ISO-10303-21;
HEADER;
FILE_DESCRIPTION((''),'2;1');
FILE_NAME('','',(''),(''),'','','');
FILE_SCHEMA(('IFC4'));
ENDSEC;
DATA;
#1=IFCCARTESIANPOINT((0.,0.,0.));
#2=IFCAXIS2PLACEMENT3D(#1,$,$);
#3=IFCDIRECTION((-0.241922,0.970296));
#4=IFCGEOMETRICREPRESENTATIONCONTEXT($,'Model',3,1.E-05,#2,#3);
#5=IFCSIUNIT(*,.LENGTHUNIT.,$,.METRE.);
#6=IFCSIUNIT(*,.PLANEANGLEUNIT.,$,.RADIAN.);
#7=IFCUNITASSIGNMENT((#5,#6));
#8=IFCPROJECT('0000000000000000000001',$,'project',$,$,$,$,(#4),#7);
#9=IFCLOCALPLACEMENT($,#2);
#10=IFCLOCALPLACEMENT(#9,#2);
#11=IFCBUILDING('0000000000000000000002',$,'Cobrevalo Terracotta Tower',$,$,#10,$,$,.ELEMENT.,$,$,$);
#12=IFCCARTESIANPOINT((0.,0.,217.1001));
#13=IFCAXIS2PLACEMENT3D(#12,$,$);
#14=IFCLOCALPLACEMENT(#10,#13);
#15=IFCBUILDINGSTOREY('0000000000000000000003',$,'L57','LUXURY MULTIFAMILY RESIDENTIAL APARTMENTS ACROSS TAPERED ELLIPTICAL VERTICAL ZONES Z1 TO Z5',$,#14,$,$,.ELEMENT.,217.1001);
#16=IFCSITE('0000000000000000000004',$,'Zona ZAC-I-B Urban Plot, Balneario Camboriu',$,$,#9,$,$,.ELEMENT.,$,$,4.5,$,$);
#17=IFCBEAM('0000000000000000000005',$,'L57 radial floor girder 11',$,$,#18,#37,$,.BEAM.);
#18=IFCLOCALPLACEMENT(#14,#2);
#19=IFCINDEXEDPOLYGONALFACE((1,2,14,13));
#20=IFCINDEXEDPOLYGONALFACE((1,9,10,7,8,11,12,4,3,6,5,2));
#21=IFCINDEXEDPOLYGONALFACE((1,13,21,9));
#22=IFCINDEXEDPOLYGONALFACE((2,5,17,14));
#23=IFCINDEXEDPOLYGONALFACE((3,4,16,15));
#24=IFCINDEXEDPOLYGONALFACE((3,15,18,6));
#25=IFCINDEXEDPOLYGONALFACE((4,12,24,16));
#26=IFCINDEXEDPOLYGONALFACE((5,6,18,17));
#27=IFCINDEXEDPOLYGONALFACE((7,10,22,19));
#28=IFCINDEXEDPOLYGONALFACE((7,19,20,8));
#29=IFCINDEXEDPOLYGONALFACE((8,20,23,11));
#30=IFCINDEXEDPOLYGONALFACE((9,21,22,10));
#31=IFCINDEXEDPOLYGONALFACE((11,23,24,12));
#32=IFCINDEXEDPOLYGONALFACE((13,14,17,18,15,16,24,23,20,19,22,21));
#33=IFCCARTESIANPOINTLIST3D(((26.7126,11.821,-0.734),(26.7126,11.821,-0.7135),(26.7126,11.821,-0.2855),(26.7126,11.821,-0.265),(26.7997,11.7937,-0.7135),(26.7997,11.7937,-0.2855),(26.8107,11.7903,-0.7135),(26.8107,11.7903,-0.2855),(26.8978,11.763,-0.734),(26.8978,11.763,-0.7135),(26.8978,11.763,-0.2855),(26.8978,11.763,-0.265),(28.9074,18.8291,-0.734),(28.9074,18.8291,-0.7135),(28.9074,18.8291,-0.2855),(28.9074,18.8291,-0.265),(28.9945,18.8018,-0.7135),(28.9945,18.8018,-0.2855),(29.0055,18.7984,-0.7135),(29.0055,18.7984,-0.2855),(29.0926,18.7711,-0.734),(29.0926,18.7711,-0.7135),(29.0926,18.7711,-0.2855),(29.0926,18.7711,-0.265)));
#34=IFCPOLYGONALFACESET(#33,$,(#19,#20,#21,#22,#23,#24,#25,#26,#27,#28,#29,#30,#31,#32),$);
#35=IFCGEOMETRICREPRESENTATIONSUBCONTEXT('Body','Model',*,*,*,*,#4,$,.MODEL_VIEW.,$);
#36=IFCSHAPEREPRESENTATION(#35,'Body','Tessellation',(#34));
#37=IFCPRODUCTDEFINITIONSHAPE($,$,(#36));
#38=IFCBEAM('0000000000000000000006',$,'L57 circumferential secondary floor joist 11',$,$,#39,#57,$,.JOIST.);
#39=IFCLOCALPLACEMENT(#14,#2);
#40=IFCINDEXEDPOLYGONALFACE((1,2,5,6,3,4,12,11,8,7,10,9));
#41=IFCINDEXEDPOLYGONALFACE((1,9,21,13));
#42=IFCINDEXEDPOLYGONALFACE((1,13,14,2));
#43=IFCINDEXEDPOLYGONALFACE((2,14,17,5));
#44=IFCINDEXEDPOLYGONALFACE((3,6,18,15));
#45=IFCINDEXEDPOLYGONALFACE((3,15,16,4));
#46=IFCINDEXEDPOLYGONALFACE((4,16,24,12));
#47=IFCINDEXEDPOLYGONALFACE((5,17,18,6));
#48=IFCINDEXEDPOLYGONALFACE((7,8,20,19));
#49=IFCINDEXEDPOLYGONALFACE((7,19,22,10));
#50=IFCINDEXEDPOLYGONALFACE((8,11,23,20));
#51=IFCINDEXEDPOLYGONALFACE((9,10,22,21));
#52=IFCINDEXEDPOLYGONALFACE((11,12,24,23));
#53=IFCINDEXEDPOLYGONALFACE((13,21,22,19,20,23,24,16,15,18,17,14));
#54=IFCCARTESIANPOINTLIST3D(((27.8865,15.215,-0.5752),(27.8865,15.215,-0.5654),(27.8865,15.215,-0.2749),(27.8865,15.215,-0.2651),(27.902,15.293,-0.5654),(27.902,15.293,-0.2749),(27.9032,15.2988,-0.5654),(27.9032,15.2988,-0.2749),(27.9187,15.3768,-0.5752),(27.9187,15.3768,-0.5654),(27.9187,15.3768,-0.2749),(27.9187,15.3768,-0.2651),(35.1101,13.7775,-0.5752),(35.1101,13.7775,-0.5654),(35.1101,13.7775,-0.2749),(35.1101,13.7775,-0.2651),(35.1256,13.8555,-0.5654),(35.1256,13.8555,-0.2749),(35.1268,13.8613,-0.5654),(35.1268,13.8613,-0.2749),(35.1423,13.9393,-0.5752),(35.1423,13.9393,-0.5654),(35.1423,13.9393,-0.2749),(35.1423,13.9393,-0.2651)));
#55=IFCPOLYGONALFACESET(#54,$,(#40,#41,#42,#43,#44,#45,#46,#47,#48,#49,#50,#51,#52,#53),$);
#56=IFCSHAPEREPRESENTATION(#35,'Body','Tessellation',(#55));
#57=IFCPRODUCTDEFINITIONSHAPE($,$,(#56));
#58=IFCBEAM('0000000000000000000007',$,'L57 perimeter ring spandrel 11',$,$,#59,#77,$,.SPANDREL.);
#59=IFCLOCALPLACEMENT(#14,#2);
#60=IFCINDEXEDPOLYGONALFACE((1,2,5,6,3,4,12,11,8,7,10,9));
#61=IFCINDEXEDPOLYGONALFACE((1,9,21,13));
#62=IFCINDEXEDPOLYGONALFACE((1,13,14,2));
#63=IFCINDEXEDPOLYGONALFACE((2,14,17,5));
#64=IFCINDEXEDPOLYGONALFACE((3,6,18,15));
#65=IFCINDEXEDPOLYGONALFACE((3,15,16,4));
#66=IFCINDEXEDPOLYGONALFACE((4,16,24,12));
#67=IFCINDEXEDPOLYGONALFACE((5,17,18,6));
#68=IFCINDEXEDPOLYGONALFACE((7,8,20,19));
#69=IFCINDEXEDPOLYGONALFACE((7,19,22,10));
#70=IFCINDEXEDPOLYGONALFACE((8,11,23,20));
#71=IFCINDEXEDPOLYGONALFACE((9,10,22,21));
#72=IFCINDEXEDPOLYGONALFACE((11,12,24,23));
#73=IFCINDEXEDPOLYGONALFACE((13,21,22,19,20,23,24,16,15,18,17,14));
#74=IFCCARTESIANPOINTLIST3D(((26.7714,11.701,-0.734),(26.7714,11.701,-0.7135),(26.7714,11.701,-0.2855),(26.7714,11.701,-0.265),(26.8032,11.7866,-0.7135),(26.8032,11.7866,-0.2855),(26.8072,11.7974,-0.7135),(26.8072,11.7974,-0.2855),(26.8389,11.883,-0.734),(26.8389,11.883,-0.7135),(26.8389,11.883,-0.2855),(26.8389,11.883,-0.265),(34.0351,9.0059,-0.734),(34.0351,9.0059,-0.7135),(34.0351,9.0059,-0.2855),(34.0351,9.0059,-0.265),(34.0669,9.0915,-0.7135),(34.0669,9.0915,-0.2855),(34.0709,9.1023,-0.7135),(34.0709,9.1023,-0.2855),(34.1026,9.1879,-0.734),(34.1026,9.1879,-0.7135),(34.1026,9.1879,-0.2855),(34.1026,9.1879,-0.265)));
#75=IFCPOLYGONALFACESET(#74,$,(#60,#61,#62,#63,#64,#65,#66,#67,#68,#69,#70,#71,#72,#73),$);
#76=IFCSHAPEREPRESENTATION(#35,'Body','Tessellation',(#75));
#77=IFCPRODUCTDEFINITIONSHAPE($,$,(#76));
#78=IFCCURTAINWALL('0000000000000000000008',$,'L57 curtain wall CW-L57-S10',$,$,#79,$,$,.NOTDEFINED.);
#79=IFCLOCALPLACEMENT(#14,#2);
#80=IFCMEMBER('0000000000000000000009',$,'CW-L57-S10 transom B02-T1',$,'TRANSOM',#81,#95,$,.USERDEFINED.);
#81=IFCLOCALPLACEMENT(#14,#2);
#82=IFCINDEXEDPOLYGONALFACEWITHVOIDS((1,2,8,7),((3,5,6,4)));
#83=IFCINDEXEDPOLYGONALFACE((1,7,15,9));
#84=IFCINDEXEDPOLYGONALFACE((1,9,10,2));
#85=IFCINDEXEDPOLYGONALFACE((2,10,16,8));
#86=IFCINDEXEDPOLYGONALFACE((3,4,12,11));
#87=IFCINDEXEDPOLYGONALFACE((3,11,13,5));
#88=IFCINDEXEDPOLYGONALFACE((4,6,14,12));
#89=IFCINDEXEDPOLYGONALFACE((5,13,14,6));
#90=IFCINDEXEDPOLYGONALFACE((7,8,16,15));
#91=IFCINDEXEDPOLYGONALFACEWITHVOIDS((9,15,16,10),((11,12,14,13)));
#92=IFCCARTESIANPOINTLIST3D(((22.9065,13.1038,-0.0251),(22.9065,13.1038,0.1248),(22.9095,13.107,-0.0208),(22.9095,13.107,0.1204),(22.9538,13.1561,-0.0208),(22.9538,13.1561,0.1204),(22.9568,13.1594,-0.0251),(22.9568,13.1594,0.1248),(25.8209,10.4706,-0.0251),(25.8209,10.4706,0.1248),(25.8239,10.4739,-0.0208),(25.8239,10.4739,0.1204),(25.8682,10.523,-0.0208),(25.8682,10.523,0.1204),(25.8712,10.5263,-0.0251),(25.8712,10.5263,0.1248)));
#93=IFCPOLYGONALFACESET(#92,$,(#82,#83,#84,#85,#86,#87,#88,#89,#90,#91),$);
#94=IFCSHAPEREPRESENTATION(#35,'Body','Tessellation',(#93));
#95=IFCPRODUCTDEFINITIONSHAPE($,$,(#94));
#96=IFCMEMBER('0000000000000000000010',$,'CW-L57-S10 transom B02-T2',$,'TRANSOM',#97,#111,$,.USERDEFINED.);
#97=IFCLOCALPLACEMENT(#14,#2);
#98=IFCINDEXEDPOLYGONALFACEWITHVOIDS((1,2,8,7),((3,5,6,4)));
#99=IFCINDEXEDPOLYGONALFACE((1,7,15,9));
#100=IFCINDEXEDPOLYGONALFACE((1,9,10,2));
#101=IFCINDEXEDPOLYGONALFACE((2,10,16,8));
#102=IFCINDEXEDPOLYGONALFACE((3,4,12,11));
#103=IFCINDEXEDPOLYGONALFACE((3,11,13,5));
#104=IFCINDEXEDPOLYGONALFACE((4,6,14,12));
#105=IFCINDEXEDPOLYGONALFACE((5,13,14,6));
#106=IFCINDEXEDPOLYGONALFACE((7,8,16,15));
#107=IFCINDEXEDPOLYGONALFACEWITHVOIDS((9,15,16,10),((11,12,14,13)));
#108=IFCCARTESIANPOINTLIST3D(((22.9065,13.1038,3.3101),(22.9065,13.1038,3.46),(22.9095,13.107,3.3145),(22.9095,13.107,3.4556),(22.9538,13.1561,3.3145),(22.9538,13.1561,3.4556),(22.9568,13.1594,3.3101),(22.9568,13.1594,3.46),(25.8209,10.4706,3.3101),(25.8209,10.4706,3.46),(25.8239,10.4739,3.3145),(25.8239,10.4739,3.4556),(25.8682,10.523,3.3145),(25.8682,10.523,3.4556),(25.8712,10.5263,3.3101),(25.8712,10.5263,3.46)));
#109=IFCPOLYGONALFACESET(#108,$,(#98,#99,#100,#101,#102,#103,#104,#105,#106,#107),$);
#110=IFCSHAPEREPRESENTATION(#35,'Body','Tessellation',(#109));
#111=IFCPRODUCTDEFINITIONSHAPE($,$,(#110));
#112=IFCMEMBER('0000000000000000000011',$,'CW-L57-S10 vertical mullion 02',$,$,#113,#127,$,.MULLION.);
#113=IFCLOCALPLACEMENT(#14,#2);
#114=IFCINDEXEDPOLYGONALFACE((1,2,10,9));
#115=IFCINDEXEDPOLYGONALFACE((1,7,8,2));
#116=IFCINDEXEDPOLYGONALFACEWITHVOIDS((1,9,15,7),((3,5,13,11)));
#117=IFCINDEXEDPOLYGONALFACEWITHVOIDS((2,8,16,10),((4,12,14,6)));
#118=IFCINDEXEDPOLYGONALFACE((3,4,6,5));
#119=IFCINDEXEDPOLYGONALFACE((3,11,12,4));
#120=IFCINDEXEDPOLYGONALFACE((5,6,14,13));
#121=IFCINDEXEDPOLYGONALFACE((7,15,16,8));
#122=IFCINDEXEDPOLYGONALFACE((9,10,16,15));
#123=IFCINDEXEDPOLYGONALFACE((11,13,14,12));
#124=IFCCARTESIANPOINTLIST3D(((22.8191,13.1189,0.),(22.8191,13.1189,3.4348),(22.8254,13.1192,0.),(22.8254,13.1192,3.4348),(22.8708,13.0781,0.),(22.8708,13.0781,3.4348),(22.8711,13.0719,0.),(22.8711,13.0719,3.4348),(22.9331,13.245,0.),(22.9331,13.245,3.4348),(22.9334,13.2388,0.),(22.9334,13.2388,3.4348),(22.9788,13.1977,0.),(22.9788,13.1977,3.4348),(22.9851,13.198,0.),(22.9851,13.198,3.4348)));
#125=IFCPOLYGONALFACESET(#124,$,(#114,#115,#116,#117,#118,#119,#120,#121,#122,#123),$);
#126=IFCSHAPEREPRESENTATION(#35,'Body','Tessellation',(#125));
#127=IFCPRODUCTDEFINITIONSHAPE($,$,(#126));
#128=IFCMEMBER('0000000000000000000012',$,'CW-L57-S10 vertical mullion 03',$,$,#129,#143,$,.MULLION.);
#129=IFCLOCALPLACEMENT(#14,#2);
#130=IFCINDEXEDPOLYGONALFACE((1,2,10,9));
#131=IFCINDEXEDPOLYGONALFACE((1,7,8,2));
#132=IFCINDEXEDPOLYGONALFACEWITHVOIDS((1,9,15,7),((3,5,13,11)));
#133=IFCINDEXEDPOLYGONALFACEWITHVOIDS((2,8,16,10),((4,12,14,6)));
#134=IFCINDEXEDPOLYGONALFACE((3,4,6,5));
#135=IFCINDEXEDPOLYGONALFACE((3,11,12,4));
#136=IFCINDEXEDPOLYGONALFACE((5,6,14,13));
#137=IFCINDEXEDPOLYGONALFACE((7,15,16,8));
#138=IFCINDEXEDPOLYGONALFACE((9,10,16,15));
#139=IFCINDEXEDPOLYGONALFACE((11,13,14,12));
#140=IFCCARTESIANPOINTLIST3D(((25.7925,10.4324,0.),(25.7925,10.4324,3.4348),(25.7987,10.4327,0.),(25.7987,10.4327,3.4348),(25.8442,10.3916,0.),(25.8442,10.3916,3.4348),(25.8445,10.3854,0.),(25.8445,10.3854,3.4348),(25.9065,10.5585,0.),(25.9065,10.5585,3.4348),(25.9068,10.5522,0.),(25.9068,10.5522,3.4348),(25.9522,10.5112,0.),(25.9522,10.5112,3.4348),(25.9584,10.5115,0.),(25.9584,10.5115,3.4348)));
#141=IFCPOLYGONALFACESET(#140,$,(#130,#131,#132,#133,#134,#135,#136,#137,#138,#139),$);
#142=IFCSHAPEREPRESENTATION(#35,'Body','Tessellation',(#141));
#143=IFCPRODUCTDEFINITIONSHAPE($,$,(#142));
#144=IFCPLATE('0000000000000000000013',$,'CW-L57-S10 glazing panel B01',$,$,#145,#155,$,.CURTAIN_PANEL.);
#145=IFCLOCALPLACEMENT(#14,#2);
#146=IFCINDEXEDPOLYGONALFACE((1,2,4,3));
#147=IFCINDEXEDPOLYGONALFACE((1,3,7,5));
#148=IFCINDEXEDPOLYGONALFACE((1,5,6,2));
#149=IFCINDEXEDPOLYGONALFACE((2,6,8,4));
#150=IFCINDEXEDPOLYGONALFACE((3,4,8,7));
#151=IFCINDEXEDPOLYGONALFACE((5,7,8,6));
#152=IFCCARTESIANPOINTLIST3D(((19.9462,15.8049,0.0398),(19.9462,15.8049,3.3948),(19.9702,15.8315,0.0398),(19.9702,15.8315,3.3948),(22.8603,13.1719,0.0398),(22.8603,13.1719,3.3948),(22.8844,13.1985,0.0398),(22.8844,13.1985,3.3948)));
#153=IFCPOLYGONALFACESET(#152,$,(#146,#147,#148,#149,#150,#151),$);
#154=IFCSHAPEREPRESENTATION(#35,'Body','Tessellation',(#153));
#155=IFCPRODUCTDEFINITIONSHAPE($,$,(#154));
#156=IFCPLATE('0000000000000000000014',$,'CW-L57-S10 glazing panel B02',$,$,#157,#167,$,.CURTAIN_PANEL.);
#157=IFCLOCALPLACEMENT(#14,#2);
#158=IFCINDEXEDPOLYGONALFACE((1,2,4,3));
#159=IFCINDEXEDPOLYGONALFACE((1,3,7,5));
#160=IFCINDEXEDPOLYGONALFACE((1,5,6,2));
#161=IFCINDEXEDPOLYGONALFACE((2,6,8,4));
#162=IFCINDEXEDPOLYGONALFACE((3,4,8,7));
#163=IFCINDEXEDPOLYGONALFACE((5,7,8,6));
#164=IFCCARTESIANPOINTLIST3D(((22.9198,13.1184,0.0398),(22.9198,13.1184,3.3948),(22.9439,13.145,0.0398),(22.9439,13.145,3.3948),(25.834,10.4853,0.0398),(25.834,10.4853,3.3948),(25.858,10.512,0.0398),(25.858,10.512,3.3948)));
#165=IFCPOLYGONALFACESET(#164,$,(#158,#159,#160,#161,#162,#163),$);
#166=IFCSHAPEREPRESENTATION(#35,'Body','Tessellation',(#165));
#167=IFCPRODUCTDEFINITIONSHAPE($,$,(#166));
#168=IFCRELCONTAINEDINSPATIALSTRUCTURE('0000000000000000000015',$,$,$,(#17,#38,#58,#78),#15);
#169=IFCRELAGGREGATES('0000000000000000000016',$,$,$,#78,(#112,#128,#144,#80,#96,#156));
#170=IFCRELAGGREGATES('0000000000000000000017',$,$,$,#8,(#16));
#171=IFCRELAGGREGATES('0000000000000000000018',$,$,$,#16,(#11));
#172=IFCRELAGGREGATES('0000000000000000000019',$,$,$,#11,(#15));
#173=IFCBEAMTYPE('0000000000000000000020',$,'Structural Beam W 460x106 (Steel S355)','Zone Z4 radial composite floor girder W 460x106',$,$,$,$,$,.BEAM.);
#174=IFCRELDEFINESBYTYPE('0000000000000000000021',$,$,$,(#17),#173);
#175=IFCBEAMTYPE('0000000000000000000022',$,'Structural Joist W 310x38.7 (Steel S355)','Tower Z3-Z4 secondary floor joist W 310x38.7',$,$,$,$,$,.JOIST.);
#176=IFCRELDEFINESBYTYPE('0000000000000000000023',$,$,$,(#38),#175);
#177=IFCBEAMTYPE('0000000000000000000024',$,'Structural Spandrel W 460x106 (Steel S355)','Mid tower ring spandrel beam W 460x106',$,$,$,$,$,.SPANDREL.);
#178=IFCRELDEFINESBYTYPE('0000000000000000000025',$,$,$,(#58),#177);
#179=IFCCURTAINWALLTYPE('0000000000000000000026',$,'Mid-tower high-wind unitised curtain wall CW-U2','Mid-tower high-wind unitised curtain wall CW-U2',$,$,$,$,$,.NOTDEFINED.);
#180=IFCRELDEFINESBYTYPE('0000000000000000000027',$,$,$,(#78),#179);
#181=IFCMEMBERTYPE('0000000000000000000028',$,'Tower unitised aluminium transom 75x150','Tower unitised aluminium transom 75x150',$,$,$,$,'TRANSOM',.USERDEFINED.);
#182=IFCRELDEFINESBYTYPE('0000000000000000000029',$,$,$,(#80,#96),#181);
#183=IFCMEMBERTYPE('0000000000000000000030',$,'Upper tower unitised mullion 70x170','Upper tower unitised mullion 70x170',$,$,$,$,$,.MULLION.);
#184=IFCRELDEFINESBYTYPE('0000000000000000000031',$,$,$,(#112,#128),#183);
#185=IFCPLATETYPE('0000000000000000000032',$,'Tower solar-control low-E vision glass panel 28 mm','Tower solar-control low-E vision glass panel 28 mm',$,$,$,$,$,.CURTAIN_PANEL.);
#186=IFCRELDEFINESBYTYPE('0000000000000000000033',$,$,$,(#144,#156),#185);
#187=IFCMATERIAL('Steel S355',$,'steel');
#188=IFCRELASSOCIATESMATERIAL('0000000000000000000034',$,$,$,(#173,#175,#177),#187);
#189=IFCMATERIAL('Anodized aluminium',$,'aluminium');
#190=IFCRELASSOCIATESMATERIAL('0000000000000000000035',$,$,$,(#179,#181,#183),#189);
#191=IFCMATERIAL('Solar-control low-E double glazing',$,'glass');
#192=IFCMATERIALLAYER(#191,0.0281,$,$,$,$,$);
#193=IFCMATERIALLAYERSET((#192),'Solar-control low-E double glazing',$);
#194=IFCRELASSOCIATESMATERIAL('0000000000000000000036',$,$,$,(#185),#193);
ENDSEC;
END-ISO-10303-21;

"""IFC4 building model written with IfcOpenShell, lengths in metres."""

from ifc_helpers import new_model, si_unit, direction, frame, origin, origin_2d, place, context, subcontext, project, spatial, rectangle, hollow_rectangle, i_section, extrude, source, transform, mapped, material, layer, layer_set, material_profile, profile_set, type_object, element, aggregate, save


model = new_model("IFC4")

# Units and contexts
model_context = context("Model", 3, precision=1e-05, world=origin(), true_north=direction((-0.241922, 0.970296)))
body_context = subcontext(model_context, "Body", "Model", "MODEL_VIEW")
ifc_project = project(units=[si_unit("LENGTHUNIT", "METRE"), si_unit("PLANEANGLEUNIT", "RADIAN")], contexts=[model_context])

# Site, building, storey
site_placement = place(None, origin())
site = spatial("IfcSite", under=ifc_project, at=site_placement, Name="Zona ZAC-I-B Urban Plot, Balneario Camboriu", CompositionType="ELEMENT", RefElevation=4.5)
building_placement = place(site_placement, origin())
building = spatial("IfcBuilding", under=site, at=building_placement, Name="Cobrevalo Terracotta Tower", CompositionType="ELEMENT")
storey_placement = place(building_placement, frame((0.0, 0.0, 217.1001)))
storey = spatial("IfcBuildingStorey", under=building, at=storey_placement, Name="L57", Description="LUXURY MULTIFAMILY RESIDENTIAL APARTMENTS ACROSS TAPERED ELLIPTICAL VERTICAL ZONES Z1 TO Z5", CompositionType="ELEMENT", Elevation=217.1001)

# Shared definitions
ifc_material_1 = material(Name="Steel S355", Category="steel")

# Beams
ifc_material_profile_1 = material_profile(ifc_material_1, i_section(OverallWidth=0.1941, OverallDepth=0.469, WebThickness=0.0115, FlangeThickness=0.0205, at=origin_2d()), Name="W 460x106")
ifc_profile_set_1 = profile_set([ifc_material_profile_1], Name="Steel S355")
beam_type_1 = type_object("IfcBeamType", Name="Structural Beam W 460x106 (Steel S355)", Description="Zone Z4 radial composite floor girder W 460x106", PredefinedType="BEAM", material=ifc_profile_set_1)
beam_1_placement = place(storey_placement, frame((26.8052, 11.792, -0.4995), z_axis=(0.298871, 0.954293, 0.0), x_axis=(-0.954293, 0.298871, 0.0)))
element("IfcBeam", 1, at=beam_1_placement, inside=storey, type_object=beam_type_1, Name="L57 radial floor girder 11", PredefinedType="BEAM", context=body_context, shape_type="SweptSolid", body=[
    extrude(i_section(OverallWidth=0.1941, OverallDepth=0.469, WebThickness=0.0115, FlangeThickness=0.0205, at=origin_2d()), origin(), (0.0, 0.0, 1.0), 7.3438),
])
ifc_material_profile_2 = material_profile(ifc_material_1, i_section(OverallWidth=0.165, OverallDepth=0.3101, WebThickness=0.0059, FlangeThickness=0.0098, at=origin_2d()), Name="W 310x38.7")
ifc_profile_set_2 = profile_set([ifc_material_profile_2], Name="Steel S355")
beam_type_2 = type_object("IfcBeamType", Name="Structural Joist W 310x38.7 (Steel S355)", Description="Tower Z3-Z4 secondary floor joist W 310x38.7", PredefinedType="JOIST", material=ifc_profile_set_2)
beam_2_placement = place(storey_placement, frame((27.9026, 15.2959, -0.4202), z_axis=(0.980769, -0.195173, 0.0), x_axis=(0.195173, 0.980769, 0.0)))
element("IfcBeam", 2, at=beam_2_placement, inside=storey, type_object=beam_type_2, Name="L57 circumferential secondary floor joist 11", PredefinedType="JOIST", context=body_context, shape_type="SweptSolid", body=[
    extrude(i_section(OverallWidth=0.165, OverallDepth=0.3101, WebThickness=0.0059, FlangeThickness=0.0098, at=origin_2d()), origin(), (0.0, 0.0, 1.0), 7.3652),
])
ifc_material_profile_3 = material_profile(ifc_material_1, i_section(OverallWidth=0.1941, OverallDepth=0.469, WebThickness=0.0115, FlangeThickness=0.0205, at=origin_2d()), Name="W 460x106")
ifc_profile_set_3 = profile_set([ifc_material_profile_3], Name="Steel S355")
beam_type_3 = type_object("IfcBeamType", Name="Structural Spandrel W 460x106 (Steel S355)", Description="Mid tower ring spandrel beam W 460x106", PredefinedType="SPANDREL", material=ifc_profile_set_3)
beam_3_placement = place(storey_placement, frame((26.8052, 11.792, -0.4995), z_axis=(0.937546, -0.347861, 0.0), x_axis=(0.347861, 0.937546, 0.0)))
element("IfcBeam", 3, at=beam_3_placement, inside=storey, type_object=beam_type_3, Name="L57 perimeter ring spandrel 11", PredefinedType="SPANDREL", context=body_context, shape_type="SweptSolid", body=[
    extrude(i_section(OverallWidth=0.1941, OverallDepth=0.469, WebThickness=0.0115, FlangeThickness=0.0205, at=origin_2d()), origin(), (0.0, 0.0, 1.0), 7.7476),
])

# Curtain wall, members, plates
ifc_material_2 = material(Name="Anodized aluminium", Category="aluminium")
curtain_wall_type = type_object("IfcCurtainWallType", Name="Mid-tower high-wind unitised curtain wall CW-U2", Description="Mid-tower high-wind unitised curtain wall CW-U2", PredefinedType="NOTDEFINED", material=ifc_material_2)
curtain_wall_placement = place(storey_placement, origin())
curtain_wall = element("IfcCurtainWall", 4, at=curtain_wall_placement, inside=storey, type_object=curtain_wall_type, Name="L57 curtain wall CW-L57-S10", PredefinedType="NOTDEFINED")
ifc_material_profile_4 = material_profile(ifc_material_2, hollow_rectangle(XDim=0.075, YDim=0.1499, WallThickness=0.0044, at=origin_2d()), Name="CWT 75x150")
ifc_profile_set_4 = profile_set([ifc_material_profile_4], Name="Anodized aluminium")
member_type_1 = type_object("IfcMemberType", Name="Tower unitised aluminium transom 75x150", Description="Tower unitised aluminium transom 75x150", ElementType="TRANSOM", PredefinedType="USERDEFINED", material=ifc_profile_set_4)
shared_shape_1 = source(origin(), body_context, "Body", "SweptSolid", [
    extrude(hollow_rectangle(XDim=0.075, YDim=0.1499, WallThickness=0.0044, at=origin_2d()), origin(), (0.0, 0.0, 1.0), 3.9277),
])
member_1_placement = place(storey_placement, frame((22.9316, 13.1316, 0.0498), z_axis=(0.742004, -0.670396, 0.0), x_axis=(0.670396, 0.742004, 0.0)))
member_1 = element("IfcMember", 5, at=member_1_placement, type_object=member_type_1, Name="CW-L57-S10 transom B02-T1", ObjectType="TRANSOM", PredefinedType="USERDEFINED", context=body_context, shape_type="MappedRepresentation", body=[
    mapped(shared_shape_1, transform((0.0, 0.0, 0.0), scale=1.0)),
])
member_2_placement = place(storey_placement, frame((22.9316, 13.1316, 3.385), z_axis=(0.742004, -0.670396, 0.0), x_axis=(0.670396, 0.742004, 0.0)))
member_2 = element("IfcMember", 6, at=member_2_placement, type_object=member_type_1, Name="CW-L57-S10 transom B02-T2", ObjectType="TRANSOM", PredefinedType="USERDEFINED", context=body_context, shape_type="MappedRepresentation", body=[
    mapped(shared_shape_1, transform((0.0, 0.0, 0.0), scale=1.0)),
])
ifc_material_profile_5 = material_profile(ifc_material_2, hollow_rectangle(XDim=0.0701, YDim=0.1699, WallThickness=0.0044, at=origin_2d()), Name="CWM 70x170")
ifc_profile_set_5 = profile_set([ifc_material_profile_5], Name="Anodized aluminium")
member_type_2 = type_object("IfcMemberType", Name="Upper tower unitised mullion 70x170", Description="Upper tower unitised mullion 70x170", PredefinedType="MULLION", material=ifc_profile_set_5)
shared_shape_2 = source(origin(), body_context, "Body", "SweptSolid", [
    extrude(hollow_rectangle(XDim=0.0701, YDim=0.1699, WallThickness=0.0044, at=origin_2d()), origin(), (0.0, 0.0, 1.0), 3.4348),
])
member_3_placement = place(storey_placement, frame((22.9021, 13.1584, 0.0), z_axis=(0.0, 0.0, 1.0), x_axis=(0.741988, -0.670414, 0.0)))
member_3 = element("IfcMember", 7, at=member_3_placement, type_object=member_type_2, Name="CW-L57-S10 vertical mullion 02", PredefinedType="MULLION", context=body_context, shape_type="MappedRepresentation", body=[
    mapped(shared_shape_2, transform((0.0, 0.0, 0.0), scale=1.0)),
])
member_4_placement = place(storey_placement, frame((25.8755, 10.4719, 0.0), z_axis=(0.0, 0.0, 1.0), x_axis=(0.741988, -0.670414, 0.0)))
member_4 = element("IfcMember", 8, at=member_4_placement, type_object=member_type_2, Name="CW-L57-S10 vertical mullion 03", PredefinedType="MULLION", context=body_context, shape_type="MappedRepresentation", body=[
    mapped(shared_shape_2, transform((0.0, 0.0, 0.0), scale=1.0)),
])
ifc_material_3 = material(Name="Solar-control low-E double glazing", Category="glass")
ifc_layer_1 = layer(ifc_material_3, 0.0281)
ifc_layer_set_1 = layer_set([ifc_layer_1], Name="Solar-control low-E double glazing")
plate_type = type_object("IfcPlateType", Name="Tower solar-control low-E vision glass panel 28 mm", Description="Tower solar-control low-E vision glass panel 28 mm", PredefinedType="CURTAIN_PANEL", material=ifc_layer_set_1)
shared_shape_3 = source(origin(), body_context, "Body", "SweptSolid", [
    extrude(rectangle(XDim=3.9275, YDim=0.0359, at=origin_2d()), origin(), (0.0, 0.0, 1.0), 3.355),
])
plate_1_placement = place(storey_placement, frame((21.4153, 14.5017, 0.0398), z_axis=(0.0, 0.0, 1.0), x_axis=(0.741988, -0.670414, 0.0)))
plate_1 = element("IfcPlate", 9, at=plate_1_placement, type_object=plate_type, Name="CW-L57-S10 glazing panel B01", PredefinedType="CURTAIN_PANEL", context=body_context, shape_type="MappedRepresentation", body=[
    mapped(shared_shape_3, transform((0.0, 0.0, 0.0), scale=1.0)),
])
plate_2_placement = place(storey_placement, frame((24.3889, 11.8152, 0.0398), z_axis=(0.0, 0.0, 1.0), x_axis=(0.741988, -0.670414, 0.0)))
plate_2 = element("IfcPlate", 10, at=plate_2_placement, type_object=plate_type, Name="CW-L57-S10 glazing panel B02", PredefinedType="CURTAIN_PANEL", context=body_context, shape_type="MappedRepresentation", body=[
    mapped(shared_shape_3, transform((0.0, 0.0, 0.0), scale=1.0)),
])
aggregate(curtain_wall, [member_3, member_4, plate_1, member_1, member_2, plate_2])

save(model, "model.ifc")
